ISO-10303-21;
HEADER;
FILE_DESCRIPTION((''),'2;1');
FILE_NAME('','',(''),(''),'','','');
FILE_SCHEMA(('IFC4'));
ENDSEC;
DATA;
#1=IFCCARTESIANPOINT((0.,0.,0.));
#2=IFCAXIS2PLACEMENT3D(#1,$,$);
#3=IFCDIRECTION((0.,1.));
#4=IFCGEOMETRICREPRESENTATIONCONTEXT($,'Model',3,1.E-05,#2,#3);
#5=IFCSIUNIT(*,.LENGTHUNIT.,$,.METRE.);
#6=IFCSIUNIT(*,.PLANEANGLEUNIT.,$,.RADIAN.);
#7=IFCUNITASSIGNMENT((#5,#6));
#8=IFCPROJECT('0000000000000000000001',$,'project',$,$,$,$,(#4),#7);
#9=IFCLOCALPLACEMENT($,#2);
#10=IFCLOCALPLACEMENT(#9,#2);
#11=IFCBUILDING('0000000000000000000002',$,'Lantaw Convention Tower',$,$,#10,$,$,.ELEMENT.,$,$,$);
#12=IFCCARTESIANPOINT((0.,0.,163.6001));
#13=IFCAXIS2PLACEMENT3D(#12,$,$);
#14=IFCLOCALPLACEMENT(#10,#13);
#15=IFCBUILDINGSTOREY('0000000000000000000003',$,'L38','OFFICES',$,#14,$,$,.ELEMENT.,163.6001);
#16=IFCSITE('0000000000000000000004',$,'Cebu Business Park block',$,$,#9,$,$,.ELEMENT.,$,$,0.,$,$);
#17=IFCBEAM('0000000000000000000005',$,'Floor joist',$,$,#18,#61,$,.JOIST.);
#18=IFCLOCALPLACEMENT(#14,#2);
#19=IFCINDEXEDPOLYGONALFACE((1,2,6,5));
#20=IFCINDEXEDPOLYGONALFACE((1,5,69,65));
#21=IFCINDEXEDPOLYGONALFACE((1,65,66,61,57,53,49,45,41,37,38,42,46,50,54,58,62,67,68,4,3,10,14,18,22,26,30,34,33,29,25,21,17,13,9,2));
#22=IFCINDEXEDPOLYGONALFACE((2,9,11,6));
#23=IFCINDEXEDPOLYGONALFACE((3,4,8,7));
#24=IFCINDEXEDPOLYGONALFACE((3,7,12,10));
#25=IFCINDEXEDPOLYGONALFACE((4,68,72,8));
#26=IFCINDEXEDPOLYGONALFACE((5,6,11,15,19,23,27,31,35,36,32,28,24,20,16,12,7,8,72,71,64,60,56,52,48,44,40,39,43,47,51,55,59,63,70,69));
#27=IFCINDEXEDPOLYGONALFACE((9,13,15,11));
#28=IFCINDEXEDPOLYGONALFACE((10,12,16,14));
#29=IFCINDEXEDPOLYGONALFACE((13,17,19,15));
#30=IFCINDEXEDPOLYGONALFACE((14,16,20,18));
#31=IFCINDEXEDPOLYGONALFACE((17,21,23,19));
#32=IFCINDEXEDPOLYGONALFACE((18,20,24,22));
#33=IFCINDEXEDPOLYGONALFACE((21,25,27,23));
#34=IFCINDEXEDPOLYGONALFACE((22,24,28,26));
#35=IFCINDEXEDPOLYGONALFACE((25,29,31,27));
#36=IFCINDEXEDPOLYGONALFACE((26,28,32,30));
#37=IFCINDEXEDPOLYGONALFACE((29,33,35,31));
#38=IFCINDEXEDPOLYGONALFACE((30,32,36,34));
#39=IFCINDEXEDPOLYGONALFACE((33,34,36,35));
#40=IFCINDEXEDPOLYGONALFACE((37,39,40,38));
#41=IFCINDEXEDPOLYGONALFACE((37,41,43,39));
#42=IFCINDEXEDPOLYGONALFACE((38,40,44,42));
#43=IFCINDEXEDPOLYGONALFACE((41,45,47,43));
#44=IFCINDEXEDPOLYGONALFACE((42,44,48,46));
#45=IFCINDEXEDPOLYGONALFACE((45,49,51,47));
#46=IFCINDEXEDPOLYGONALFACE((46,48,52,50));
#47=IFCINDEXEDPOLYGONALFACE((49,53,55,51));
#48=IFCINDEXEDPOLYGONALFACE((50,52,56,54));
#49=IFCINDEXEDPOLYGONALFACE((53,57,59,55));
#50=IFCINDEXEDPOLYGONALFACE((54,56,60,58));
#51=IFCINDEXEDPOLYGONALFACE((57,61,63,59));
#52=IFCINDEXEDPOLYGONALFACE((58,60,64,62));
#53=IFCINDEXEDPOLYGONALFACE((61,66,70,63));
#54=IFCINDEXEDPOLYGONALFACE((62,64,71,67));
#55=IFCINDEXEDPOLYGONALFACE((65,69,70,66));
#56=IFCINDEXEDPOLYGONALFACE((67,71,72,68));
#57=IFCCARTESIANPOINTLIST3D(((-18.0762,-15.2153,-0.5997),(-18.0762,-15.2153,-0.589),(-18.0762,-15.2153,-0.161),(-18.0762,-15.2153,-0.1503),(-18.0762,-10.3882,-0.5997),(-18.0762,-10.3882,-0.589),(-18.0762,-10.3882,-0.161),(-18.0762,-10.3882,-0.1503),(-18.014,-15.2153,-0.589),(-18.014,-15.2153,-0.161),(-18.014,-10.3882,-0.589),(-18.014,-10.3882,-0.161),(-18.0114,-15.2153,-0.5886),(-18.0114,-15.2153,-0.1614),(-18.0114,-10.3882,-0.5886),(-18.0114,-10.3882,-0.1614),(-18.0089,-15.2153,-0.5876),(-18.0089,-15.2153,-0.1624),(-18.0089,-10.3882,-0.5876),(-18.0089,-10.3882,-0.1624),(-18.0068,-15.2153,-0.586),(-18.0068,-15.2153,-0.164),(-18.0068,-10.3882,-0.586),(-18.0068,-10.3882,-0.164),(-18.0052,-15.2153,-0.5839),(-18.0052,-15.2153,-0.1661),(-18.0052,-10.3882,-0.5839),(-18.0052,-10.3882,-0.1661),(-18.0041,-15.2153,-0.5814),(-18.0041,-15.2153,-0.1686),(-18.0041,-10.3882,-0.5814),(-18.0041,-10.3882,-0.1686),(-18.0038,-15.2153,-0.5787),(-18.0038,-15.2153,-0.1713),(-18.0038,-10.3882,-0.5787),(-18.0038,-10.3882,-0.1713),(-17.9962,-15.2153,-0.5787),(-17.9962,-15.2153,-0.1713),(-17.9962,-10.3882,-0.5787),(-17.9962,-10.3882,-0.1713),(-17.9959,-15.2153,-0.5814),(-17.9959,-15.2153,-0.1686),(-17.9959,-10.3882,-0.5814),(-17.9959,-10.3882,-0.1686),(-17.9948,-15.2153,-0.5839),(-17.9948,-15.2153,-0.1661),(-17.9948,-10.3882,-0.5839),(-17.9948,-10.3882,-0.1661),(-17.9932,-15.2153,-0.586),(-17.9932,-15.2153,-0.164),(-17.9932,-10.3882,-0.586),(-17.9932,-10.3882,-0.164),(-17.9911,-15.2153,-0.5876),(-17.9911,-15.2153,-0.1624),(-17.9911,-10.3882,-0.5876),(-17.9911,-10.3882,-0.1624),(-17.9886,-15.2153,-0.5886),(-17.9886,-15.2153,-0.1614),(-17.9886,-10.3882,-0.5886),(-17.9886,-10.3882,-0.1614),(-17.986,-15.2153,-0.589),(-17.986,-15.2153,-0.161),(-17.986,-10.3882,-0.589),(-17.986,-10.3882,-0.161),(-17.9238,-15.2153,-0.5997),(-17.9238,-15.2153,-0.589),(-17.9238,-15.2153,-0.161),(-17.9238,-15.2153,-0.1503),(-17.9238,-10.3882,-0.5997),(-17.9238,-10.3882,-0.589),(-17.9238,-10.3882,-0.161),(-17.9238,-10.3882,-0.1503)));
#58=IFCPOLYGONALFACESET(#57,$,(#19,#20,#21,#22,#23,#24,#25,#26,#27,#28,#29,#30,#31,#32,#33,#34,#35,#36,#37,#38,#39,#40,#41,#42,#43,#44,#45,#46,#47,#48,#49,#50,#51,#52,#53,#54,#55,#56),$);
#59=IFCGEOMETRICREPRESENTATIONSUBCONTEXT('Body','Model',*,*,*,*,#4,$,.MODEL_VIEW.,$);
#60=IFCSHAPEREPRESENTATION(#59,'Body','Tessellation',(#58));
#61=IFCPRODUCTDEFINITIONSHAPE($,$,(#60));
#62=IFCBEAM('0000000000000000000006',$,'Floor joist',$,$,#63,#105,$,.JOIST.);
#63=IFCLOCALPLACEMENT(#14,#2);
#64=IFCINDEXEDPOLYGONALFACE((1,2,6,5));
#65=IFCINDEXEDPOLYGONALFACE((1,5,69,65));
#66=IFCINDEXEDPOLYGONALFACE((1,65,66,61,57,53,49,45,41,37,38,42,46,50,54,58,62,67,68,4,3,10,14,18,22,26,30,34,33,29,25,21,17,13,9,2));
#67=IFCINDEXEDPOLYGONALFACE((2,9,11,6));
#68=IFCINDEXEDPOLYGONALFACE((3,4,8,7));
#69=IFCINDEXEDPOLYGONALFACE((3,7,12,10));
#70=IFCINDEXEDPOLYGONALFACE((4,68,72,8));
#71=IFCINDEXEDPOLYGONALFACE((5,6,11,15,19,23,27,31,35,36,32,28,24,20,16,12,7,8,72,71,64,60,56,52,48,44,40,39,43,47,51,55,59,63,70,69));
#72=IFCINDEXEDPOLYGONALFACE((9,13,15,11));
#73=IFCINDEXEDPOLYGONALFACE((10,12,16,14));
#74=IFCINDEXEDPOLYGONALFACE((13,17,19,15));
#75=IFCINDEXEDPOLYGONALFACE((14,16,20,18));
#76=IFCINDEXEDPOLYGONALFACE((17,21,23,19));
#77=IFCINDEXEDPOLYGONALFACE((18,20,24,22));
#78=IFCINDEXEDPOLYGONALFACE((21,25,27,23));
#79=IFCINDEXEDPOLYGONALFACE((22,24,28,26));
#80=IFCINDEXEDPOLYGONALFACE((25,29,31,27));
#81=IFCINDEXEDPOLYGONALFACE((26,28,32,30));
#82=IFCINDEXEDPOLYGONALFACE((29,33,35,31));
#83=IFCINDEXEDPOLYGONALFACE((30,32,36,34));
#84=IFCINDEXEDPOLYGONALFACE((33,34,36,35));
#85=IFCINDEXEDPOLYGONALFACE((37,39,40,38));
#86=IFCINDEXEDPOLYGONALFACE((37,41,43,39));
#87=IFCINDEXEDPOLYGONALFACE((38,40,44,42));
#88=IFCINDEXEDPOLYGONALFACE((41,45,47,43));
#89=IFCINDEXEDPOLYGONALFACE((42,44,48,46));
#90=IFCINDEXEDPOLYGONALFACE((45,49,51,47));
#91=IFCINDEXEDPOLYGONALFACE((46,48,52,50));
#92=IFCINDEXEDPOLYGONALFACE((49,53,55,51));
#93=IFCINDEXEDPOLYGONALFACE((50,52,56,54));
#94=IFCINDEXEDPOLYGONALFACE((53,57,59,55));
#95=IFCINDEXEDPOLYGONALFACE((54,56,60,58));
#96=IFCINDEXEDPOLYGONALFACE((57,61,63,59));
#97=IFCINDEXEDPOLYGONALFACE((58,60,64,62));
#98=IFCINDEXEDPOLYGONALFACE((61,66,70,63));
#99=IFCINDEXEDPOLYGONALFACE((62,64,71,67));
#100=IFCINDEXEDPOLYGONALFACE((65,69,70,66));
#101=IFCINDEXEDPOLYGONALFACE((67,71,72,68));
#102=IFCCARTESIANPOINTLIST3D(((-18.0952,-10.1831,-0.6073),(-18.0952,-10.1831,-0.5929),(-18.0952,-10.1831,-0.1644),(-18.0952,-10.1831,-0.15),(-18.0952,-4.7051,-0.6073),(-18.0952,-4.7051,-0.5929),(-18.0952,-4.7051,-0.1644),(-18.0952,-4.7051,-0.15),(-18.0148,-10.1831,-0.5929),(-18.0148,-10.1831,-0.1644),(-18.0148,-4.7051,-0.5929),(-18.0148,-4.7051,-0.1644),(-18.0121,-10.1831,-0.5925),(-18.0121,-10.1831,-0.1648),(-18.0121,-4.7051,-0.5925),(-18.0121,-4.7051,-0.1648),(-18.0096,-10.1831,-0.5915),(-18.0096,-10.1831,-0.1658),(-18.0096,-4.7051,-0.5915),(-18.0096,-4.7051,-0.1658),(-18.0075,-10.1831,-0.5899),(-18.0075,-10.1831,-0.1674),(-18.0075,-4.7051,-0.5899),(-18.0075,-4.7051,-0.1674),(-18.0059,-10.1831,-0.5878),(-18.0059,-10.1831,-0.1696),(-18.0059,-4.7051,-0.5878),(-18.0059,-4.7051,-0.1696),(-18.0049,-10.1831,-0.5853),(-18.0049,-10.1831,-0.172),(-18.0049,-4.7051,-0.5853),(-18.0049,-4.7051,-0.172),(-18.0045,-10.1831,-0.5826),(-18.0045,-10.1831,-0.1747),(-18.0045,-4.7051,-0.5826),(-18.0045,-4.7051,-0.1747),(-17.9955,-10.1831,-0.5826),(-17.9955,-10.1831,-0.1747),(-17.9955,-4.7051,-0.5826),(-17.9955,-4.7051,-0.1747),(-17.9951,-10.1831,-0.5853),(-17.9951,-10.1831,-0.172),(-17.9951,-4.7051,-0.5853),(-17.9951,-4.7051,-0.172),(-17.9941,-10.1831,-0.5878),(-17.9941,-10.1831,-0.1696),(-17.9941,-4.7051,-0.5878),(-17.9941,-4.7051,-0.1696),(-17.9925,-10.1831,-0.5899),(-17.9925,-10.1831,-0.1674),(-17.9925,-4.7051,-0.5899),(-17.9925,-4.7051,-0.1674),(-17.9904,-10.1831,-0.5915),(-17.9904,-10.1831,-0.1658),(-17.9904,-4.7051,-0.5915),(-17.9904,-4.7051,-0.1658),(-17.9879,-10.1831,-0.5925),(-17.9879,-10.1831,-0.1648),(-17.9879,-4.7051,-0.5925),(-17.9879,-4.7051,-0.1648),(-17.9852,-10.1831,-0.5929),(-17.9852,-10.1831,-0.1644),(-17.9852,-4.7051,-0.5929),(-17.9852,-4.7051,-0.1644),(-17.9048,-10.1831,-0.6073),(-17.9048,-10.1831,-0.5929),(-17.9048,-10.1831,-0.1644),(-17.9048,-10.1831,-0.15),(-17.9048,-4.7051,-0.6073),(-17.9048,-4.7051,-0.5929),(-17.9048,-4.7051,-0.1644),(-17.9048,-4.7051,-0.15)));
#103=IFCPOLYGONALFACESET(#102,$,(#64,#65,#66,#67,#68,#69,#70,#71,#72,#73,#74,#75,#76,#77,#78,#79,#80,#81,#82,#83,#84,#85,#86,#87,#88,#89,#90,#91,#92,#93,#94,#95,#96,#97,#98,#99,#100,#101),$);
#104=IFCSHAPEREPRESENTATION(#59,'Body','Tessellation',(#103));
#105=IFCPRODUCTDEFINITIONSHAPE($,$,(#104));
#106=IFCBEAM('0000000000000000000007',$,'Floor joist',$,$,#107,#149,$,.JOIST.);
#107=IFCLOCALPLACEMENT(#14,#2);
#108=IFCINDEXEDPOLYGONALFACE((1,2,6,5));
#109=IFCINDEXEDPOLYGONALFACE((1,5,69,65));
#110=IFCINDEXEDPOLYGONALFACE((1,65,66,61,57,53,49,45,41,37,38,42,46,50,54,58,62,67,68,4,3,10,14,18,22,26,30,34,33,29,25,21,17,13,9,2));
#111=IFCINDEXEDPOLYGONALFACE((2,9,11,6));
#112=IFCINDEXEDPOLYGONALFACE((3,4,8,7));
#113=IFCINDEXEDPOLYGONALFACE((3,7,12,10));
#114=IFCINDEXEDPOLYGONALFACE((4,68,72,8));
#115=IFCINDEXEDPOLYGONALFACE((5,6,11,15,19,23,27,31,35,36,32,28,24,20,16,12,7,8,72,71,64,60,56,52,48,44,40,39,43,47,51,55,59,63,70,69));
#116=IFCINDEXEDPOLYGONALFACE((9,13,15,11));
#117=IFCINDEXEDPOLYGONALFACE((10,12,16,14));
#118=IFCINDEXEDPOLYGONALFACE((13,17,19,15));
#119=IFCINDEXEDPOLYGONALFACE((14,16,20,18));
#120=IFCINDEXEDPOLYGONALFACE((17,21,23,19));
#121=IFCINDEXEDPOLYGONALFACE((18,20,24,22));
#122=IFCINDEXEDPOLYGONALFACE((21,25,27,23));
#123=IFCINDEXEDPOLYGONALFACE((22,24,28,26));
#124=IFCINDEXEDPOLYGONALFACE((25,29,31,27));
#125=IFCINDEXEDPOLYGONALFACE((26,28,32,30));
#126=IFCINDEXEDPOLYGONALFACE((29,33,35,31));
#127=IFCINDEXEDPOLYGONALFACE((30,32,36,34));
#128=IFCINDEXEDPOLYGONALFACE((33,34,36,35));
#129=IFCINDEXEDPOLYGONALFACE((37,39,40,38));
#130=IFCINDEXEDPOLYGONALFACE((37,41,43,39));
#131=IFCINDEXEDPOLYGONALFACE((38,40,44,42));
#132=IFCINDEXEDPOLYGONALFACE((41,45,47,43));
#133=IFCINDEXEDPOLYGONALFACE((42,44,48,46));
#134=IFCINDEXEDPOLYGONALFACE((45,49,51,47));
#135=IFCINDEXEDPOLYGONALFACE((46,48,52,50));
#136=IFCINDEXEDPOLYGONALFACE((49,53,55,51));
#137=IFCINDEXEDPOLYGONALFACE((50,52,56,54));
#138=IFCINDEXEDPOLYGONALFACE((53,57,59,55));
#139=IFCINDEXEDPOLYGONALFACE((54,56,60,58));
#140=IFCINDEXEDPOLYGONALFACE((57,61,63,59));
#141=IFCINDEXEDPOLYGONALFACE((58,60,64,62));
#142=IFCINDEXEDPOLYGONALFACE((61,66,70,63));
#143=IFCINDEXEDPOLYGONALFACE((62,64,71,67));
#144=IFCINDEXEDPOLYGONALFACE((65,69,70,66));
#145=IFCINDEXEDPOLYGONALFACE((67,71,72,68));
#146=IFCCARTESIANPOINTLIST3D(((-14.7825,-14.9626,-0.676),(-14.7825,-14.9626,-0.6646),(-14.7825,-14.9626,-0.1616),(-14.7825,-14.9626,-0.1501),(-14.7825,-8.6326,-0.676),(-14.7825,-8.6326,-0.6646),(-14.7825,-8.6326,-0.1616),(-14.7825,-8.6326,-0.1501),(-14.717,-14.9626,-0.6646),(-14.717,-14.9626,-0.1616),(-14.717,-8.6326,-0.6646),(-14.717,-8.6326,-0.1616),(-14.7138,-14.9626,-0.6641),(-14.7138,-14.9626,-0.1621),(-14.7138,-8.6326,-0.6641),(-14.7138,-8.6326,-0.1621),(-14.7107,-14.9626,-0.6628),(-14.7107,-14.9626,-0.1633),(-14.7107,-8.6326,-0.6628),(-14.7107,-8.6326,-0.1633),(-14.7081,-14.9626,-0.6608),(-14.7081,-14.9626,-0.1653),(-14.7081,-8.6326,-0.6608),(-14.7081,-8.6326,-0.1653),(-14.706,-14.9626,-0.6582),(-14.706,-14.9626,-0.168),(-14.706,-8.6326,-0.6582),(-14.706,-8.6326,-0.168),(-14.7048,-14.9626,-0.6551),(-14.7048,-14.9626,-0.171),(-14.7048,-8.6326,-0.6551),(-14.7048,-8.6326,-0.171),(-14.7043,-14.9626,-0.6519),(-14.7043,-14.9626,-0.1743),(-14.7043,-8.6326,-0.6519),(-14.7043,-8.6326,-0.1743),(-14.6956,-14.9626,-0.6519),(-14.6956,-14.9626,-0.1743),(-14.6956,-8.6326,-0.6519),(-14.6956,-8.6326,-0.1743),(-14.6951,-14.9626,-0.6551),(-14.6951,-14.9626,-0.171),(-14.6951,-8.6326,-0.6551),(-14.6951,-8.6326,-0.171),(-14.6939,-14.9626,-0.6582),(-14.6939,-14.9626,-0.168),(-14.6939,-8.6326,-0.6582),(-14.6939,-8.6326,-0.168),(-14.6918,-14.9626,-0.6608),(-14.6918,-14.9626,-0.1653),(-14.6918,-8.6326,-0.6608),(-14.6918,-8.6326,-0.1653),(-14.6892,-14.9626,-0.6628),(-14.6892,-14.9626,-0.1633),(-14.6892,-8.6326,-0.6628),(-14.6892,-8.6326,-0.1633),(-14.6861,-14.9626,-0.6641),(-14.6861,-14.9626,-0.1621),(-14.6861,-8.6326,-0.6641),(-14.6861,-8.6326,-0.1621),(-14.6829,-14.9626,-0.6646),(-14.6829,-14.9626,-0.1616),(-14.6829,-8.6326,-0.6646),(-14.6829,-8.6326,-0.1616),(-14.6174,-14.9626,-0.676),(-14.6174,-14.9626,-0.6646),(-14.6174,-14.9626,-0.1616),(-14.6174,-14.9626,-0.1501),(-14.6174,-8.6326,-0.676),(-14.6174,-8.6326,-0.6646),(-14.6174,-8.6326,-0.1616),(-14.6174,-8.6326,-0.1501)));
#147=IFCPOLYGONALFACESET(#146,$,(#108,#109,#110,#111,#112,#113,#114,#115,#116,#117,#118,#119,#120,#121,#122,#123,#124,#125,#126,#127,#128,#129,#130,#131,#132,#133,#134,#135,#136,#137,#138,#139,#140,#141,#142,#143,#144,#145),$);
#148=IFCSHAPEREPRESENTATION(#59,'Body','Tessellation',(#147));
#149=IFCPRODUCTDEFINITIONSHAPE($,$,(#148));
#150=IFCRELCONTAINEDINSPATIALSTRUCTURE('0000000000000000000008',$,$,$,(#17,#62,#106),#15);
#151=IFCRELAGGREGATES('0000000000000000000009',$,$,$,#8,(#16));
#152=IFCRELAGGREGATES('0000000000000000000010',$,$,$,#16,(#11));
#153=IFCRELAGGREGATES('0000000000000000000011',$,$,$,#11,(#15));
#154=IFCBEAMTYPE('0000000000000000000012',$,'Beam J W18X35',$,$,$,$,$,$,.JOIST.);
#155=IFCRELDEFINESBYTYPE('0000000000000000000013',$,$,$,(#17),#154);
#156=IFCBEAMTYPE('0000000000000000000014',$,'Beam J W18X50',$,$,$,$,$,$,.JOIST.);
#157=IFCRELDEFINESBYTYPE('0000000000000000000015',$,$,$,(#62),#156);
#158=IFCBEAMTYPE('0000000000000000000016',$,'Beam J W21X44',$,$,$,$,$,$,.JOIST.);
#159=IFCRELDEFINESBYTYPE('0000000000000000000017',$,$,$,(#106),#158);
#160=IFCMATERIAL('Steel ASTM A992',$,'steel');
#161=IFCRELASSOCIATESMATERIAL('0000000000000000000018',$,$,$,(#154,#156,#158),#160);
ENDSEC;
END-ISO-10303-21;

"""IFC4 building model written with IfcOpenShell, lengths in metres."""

from ifc_helpers import new_model, si_unit, direction, frame, origin, origin_2d, place, context, subcontext, project, spatial, i_section, extrude, material, material_profile, profile_set, type_object, element, save


model = new_model("IFC4")

# Units and contexts
model_context = context("Model", 3, precision=1e-05, world=origin(), true_north=direction((0.0, 1.0)))
body_context = subcontext(model_context, "Body", "Model", "MODEL_VIEW")
ifc_project = project(units=[si_unit("LENGTHUNIT", "METRE"), si_unit("PLANEANGLEUNIT", "RADIAN")], contexts=[model_context])

# Site, building, storey
site_placement = place(None, origin())
site = spatial("IfcSite", under=ifc_project, at=site_placement, Name="Cebu Business Park block", CompositionType="ELEMENT", RefElevation=0.0)
building_placement = place(site_placement, origin())
building = spatial("IfcBuilding", under=site, at=building_placement, Name="Lantaw Convention Tower", CompositionType="ELEMENT")
storey_placement = place(building_placement, frame((0.0, 0.0, 163.6001)))
storey = spatial("IfcBuildingStorey", under=building, at=storey_placement, Name="L38", Description="OFFICES", CompositionType="ELEMENT", Elevation=163.6001)

# Beams
ifc_material_1 = material(Name="Steel ASTM A992", Category="steel")
ifc_material_profile_1 = material_profile(ifc_material_1, i_section(OverallWidth=0.1523, OverallDepth=0.4495, WebThickness=0.0076, FlangeThickness=0.0107, FilletRadius=0.0103, at=origin_2d()), Name="W18X35")
ifc_profile_set_1 = profile_set([ifc_material_profile_1], Name="Steel ASTM A992")
beam_type_1 = type_object("IfcBeamType", Name="Beam J W18X35", PredefinedType="JOIST", material=ifc_profile_set_1)
beam_1_placement = place(storey_placement, frame((-18.0, -15.2153, -0.375), z_axis=(0.0, 1.0, 0.0), x_axis=(-1.0, 0.0, 0.0)))
element("IfcBeam", 1, at=beam_1_placement, inside=storey, type_object=beam_type_1, Name="Floor joist", PredefinedType="JOIST", context=body_context, shape_type="SweptSolid", body=[
    extrude(i_section(OverallWidth=0.1523, OverallDepth=0.4495, WebThickness=0.0076, FlangeThickness=0.0107, FilletRadius=0.0103, at=origin_2d()), origin(), (0.0, 0.0, 1.0), 4.8271),
])
ifc_material_profile_2 = material_profile(ifc_material_1, i_section(OverallWidth=0.1904, OverallDepth=0.4573, WebThickness=0.009, FlangeThickness=0.0144, FilletRadius=0.0103, at=origin_2d()), Name="W18X50")
ifc_profile_set_2 = profile_set([ifc_material_profile_2], Name="Steel ASTM A992")
beam_type_2 = type_object("IfcBeamType", Name="Beam J W18X50", PredefinedType="JOIST", material=ifc_profile_set_2)
beam_2_placement = place(storey_placement, frame((-18.0, -10.1831, -0.3787), z_axis=(0.0, 1.0, 0.0), x_axis=(-1.0, 0.0, 0.0)))
element("IfcBeam", 2, at=beam_2_placement, inside=storey, type_object=beam_type_2, Name="Floor joist", PredefinedType="JOIST", context=body_context, shape_type="SweptSolid", body=[
    extrude(i_section(OverallWidth=0.1904, OverallDepth=0.4573, WebThickness=0.009, FlangeThickness=0.0144, FilletRadius=0.0103, at=origin_2d()), origin(), (0.0, 0.0, 1.0), 5.478),
])
ifc_material_profile_3 = material_profile(ifc_material_1, i_section(OverallWidth=0.165, OverallDepth=0.5259, WebThickness=0.0088, FlangeThickness=0.0115, FilletRadius=0.0127, at=origin_2d()), Name="W21X44")
ifc_profile_set_3 = profile_set([ifc_material_profile_3], Name="Steel ASTM A992")
beam_type_3 = type_object("IfcBeamType", Name="Beam J W21X44", PredefinedType="JOIST", material=ifc_profile_set_3)
beam_3_placement = place(storey_placement, frame((-14.7, -14.9626, -0.4131), z_axis=(0.0, 1.0, 0.0), x_axis=(-1.0, 0.0, 0.0)))
element("IfcBeam", 3, at=beam_3_placement, inside=storey, type_object=beam_type_3, Name="Floor joist", PredefinedType="JOIST", context=body_context, shape_type="SweptSolid", body=[
    extrude(i_section(OverallWidth=0.165, OverallDepth=0.5259, WebThickness=0.0088, FlangeThickness=0.0115, FilletRadius=0.0127, at=origin_2d()), origin(), (0.0, 0.0, 1.0), 6.3301),
])

save(model, "model.ifc")
